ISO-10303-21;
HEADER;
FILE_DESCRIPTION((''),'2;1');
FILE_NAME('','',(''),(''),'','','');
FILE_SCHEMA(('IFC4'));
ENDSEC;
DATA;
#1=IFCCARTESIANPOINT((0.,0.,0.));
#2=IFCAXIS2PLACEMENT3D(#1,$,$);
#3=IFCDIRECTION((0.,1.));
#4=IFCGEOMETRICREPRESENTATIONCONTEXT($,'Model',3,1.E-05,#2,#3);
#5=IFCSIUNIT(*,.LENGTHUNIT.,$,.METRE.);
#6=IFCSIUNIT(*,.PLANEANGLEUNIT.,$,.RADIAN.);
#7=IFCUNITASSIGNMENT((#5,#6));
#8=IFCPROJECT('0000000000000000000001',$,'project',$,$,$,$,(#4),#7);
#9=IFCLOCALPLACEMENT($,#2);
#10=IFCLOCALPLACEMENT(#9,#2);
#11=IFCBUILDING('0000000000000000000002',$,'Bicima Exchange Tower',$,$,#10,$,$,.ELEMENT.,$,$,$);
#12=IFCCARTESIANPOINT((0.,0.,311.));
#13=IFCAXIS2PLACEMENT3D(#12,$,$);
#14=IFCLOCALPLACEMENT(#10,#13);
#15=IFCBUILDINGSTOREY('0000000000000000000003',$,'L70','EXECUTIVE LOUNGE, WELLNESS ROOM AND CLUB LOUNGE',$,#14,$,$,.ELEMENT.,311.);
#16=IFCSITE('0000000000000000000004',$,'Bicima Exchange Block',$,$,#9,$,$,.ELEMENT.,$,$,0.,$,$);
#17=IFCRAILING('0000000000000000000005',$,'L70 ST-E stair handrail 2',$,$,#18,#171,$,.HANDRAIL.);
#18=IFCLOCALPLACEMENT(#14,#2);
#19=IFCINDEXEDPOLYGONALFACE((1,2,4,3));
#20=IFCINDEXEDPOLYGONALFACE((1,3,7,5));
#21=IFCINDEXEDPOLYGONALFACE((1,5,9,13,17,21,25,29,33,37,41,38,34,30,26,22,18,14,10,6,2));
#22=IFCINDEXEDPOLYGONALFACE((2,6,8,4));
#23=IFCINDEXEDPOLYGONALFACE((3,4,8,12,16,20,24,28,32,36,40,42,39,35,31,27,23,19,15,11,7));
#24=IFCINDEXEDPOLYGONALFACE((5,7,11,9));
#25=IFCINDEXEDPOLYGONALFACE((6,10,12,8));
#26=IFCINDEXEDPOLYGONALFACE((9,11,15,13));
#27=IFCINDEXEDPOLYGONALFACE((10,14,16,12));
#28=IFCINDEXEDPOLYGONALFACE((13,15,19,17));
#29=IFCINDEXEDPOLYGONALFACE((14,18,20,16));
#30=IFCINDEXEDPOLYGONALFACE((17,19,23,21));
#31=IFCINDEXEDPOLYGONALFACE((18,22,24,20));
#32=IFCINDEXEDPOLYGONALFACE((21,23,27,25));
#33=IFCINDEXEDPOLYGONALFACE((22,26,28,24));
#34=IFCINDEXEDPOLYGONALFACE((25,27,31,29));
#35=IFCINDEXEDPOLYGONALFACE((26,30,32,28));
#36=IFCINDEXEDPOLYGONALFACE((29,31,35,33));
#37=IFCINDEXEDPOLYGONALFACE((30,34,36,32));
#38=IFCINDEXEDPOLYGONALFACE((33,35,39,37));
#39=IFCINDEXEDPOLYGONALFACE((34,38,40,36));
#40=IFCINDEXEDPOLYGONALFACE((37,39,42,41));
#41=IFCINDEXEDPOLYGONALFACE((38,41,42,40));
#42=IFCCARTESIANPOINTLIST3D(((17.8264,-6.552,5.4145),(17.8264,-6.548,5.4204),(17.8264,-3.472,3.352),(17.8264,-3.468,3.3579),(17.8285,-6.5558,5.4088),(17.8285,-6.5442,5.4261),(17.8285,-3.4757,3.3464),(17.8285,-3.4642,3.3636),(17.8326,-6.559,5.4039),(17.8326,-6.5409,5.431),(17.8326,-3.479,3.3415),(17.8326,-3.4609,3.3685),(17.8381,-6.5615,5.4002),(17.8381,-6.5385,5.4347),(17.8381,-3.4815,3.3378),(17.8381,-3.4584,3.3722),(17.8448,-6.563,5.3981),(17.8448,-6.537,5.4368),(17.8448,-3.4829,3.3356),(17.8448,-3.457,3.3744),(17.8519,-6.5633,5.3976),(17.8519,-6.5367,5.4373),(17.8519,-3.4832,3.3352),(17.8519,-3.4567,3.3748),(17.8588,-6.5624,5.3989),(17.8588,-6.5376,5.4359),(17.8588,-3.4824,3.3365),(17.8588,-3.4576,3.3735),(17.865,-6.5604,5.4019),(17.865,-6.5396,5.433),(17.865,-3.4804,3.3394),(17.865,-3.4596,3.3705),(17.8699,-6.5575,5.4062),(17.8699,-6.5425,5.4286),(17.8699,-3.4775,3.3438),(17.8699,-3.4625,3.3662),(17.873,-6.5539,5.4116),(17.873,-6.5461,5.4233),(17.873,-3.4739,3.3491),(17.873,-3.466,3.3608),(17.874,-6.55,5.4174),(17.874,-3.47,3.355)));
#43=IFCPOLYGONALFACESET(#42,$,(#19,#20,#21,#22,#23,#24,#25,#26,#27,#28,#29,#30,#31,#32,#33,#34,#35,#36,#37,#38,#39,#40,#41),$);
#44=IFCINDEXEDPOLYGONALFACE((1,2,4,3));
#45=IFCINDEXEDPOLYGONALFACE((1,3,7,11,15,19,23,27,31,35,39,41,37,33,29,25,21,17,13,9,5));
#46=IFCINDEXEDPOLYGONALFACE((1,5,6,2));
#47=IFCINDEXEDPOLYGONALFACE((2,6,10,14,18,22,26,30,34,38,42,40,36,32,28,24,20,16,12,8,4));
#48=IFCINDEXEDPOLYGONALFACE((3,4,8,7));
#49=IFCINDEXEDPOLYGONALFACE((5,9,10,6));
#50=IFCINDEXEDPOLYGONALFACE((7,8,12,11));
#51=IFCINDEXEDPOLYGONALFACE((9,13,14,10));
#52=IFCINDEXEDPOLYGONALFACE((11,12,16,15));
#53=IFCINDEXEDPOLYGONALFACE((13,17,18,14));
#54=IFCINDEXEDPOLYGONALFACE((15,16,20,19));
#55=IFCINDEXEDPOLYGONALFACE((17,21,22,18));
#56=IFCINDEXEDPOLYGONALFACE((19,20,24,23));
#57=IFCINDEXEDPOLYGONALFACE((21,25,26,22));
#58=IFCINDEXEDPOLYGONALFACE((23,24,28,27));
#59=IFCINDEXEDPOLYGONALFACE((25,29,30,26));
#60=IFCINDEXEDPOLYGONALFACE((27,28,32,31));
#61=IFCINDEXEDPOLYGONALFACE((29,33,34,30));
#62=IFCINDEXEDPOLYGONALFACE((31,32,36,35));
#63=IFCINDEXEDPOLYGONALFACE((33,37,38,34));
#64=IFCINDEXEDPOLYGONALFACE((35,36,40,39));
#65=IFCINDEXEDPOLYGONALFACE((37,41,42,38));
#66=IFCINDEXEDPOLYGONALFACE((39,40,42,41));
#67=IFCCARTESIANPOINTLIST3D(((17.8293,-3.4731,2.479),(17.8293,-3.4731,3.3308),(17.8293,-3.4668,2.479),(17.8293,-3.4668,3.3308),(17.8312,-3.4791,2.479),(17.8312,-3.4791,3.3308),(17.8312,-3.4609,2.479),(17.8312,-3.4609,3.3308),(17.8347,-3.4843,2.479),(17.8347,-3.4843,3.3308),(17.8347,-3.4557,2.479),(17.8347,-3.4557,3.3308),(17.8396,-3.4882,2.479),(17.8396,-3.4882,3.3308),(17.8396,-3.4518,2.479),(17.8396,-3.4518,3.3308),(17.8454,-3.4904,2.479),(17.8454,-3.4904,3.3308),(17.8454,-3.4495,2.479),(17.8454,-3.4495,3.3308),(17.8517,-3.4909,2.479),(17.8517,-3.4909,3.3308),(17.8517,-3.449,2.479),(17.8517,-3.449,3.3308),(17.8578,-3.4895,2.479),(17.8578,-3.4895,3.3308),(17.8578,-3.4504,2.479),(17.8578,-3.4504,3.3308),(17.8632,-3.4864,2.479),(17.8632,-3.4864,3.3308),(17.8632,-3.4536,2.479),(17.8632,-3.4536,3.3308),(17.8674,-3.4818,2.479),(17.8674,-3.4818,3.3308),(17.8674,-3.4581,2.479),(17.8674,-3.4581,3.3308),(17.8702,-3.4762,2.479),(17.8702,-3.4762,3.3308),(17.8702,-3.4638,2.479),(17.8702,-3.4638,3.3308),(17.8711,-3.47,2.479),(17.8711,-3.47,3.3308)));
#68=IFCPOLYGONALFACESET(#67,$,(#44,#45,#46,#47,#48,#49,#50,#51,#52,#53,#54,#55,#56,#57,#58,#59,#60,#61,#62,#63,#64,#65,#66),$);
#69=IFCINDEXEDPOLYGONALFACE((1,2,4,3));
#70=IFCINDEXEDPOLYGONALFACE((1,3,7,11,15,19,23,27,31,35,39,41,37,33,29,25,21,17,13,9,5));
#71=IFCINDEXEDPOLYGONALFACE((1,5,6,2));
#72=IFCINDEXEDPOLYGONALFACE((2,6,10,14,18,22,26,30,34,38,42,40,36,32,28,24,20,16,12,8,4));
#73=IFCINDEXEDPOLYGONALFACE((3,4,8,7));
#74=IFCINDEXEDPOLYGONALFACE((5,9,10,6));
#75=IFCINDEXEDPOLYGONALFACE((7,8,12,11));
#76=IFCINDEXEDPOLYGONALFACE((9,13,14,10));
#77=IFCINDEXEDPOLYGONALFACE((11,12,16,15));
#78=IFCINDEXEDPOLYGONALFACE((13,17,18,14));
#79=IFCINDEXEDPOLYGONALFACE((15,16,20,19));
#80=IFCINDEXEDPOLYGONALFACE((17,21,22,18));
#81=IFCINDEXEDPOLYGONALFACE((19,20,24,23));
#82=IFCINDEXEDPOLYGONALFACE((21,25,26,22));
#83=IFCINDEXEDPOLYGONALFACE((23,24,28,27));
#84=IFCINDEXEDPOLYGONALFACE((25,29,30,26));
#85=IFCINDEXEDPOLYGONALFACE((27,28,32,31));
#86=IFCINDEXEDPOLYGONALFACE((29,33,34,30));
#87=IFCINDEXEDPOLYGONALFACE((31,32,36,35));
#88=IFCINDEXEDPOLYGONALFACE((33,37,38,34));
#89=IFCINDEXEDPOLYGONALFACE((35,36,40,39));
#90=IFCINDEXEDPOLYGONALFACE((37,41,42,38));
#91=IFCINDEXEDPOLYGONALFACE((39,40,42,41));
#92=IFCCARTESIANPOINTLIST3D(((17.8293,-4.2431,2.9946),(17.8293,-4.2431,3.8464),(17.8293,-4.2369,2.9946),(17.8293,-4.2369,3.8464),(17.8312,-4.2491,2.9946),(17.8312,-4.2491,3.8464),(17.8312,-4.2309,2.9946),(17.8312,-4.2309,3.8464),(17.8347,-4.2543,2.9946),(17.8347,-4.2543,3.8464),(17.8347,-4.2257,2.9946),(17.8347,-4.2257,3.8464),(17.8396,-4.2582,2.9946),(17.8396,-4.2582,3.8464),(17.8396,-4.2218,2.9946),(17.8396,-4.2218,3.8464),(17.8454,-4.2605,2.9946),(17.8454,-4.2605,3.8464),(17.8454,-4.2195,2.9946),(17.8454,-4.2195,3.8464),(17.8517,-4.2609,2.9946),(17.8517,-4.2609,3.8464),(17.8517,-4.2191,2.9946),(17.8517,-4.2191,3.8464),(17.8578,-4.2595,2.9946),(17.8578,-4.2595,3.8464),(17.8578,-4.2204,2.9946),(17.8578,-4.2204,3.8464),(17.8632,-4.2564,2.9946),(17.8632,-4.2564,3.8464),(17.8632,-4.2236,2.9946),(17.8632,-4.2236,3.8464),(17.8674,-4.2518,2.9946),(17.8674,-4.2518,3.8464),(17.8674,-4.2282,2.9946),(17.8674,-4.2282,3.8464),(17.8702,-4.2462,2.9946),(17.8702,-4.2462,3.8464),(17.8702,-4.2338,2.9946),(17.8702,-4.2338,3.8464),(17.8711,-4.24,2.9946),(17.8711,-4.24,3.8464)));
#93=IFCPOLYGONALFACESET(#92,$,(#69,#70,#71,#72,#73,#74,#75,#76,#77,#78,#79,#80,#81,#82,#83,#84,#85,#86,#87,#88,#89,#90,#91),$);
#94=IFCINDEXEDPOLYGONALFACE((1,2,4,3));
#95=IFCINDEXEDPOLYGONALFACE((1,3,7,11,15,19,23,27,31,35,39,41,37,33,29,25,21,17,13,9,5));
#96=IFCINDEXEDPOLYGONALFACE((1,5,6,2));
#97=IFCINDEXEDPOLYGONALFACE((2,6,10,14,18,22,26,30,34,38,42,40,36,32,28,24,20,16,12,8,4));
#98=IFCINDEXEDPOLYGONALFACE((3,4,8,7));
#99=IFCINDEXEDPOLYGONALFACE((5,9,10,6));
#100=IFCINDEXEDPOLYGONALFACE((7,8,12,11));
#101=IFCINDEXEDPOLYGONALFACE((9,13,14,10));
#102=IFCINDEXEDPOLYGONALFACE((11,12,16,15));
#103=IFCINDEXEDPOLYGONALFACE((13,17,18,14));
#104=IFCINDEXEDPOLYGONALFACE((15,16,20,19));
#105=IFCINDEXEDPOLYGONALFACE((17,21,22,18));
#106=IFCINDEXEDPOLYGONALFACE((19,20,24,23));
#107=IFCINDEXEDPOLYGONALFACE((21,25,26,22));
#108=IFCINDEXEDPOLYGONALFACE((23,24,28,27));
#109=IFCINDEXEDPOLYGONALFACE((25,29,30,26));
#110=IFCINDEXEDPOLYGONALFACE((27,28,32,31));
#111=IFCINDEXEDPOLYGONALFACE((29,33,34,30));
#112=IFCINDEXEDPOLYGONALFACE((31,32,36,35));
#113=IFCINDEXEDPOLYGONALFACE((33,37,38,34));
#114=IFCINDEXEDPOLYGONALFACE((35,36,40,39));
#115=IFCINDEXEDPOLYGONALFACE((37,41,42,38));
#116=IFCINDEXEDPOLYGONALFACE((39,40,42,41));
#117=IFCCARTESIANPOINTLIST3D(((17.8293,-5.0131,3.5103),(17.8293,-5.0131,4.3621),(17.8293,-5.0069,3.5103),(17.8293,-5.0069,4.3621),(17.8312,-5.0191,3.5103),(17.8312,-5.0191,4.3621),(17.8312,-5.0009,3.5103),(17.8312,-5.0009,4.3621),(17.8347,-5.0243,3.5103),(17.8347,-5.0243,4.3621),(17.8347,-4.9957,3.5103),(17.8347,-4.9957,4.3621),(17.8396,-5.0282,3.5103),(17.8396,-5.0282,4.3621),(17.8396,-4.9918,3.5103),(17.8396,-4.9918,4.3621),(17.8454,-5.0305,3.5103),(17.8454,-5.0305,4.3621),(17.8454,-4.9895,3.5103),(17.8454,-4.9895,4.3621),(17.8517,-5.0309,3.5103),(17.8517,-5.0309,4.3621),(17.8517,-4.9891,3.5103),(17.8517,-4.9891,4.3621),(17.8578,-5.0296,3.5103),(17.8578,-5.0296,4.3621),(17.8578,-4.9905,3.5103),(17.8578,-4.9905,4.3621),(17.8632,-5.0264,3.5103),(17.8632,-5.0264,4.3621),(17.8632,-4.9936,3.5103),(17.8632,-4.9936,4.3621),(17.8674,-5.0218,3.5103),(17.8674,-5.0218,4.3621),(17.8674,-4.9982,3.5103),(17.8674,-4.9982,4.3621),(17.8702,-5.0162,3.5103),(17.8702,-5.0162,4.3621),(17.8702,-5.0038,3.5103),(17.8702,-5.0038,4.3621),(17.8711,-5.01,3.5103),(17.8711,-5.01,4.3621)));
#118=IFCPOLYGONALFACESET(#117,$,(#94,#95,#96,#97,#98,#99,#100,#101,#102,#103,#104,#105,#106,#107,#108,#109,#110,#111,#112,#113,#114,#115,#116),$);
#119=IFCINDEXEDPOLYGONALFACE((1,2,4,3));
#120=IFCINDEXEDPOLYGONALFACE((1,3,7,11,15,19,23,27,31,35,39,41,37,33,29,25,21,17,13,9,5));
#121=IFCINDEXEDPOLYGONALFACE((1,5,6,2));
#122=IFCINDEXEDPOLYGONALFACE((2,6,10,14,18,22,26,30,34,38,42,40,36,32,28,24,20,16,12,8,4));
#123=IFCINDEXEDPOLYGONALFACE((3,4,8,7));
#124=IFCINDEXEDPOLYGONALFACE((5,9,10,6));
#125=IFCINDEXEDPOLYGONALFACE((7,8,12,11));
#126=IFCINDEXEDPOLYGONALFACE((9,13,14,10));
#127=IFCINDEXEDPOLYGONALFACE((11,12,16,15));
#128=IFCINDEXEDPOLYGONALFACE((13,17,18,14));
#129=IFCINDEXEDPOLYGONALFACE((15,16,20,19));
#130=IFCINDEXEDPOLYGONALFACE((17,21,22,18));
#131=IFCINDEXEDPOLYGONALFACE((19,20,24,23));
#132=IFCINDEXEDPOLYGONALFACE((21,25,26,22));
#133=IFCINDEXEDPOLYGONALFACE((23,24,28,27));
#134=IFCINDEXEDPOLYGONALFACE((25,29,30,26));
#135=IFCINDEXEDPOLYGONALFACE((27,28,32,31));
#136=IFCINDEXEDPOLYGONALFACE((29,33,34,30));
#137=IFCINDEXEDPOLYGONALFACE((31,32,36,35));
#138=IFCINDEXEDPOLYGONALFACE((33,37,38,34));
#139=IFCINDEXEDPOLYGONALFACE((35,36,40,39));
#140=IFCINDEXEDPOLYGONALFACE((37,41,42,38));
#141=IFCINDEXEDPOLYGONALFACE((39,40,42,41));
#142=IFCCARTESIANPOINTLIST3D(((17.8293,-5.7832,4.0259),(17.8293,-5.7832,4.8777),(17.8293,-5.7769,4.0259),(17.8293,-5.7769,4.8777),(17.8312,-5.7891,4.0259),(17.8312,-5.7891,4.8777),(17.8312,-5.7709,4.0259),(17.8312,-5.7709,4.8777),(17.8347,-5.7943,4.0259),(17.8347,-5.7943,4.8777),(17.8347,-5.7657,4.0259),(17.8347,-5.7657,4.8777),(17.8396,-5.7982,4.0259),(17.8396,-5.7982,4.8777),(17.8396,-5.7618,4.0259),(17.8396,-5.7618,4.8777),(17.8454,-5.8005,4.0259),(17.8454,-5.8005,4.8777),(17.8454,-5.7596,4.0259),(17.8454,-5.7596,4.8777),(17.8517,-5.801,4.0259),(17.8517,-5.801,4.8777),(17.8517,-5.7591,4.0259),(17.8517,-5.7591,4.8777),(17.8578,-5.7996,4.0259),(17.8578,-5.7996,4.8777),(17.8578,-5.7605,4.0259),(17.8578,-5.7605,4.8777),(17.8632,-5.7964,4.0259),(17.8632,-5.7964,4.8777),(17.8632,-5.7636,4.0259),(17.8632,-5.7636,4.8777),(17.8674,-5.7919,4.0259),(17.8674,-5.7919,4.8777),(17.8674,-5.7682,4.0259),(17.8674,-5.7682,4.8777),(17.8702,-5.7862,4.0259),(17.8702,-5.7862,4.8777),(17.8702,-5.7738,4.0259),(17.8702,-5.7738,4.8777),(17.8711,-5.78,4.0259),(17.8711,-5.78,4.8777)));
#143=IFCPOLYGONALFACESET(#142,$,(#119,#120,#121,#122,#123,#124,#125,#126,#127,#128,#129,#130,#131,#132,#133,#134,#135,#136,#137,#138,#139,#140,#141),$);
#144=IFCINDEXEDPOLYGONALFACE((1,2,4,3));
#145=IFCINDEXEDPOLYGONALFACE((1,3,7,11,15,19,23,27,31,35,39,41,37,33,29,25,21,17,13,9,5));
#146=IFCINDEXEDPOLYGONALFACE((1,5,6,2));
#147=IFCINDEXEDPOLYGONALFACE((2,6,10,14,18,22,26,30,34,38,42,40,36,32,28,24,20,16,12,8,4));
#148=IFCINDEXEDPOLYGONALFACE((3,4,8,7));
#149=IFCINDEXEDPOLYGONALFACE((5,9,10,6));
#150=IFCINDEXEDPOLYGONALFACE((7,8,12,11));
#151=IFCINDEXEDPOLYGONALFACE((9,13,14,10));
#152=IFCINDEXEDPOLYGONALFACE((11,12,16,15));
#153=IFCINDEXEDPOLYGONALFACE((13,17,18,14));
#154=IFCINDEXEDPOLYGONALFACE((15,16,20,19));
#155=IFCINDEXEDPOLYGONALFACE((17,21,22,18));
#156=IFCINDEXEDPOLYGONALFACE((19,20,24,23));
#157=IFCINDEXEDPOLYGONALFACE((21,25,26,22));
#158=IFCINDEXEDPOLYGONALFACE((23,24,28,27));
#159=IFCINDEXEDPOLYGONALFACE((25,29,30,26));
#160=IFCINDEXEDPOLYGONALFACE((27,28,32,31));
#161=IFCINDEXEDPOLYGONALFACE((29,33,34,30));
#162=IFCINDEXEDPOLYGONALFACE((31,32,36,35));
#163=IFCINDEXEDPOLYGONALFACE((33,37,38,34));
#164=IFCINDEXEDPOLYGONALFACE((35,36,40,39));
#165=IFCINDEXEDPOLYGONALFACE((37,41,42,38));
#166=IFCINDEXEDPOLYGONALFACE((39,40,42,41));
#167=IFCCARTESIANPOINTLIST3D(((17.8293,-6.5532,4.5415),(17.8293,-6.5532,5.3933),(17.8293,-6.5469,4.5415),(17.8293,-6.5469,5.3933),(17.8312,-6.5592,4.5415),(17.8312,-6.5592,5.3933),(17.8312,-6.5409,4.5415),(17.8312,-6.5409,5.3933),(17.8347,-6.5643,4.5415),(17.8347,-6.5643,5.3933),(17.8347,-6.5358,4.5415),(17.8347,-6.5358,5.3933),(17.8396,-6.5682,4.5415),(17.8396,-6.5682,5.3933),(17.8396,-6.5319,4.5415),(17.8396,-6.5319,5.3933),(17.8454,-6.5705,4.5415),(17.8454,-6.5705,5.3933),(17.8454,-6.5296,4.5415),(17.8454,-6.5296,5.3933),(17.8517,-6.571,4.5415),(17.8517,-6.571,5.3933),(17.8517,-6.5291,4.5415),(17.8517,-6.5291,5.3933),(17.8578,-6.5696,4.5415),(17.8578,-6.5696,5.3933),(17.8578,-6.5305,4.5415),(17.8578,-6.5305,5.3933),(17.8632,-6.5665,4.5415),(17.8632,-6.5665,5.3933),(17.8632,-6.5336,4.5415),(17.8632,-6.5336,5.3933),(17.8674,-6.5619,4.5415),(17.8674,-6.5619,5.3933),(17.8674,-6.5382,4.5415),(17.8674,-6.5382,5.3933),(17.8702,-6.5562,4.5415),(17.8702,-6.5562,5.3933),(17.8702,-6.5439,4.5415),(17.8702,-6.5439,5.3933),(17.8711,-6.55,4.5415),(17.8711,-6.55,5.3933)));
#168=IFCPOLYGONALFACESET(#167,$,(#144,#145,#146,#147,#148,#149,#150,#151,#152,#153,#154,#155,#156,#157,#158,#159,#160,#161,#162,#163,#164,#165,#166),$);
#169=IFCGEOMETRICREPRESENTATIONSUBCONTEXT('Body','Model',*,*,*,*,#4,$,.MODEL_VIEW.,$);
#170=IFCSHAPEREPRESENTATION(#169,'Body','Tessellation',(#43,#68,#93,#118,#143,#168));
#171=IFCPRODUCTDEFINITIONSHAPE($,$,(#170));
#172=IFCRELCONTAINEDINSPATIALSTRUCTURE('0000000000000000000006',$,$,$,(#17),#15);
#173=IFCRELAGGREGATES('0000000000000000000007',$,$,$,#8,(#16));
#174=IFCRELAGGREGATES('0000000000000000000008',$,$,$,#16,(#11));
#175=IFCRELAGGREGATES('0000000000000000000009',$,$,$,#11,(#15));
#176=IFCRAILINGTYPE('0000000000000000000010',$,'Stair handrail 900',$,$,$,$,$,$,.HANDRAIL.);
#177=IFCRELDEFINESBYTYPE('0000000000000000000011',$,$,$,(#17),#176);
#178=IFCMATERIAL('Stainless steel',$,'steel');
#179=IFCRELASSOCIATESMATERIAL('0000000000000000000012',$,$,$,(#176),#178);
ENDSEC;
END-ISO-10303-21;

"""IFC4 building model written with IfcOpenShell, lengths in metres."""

from ifc_helpers import new_model, si_unit, direction, frame, origin, origin_2d, place, context, subcontext, project, spatial, circle, extrude, material, type_object, element, save


model = new_model("IFC4")

# Units and contexts
model_context = context("Model", 3, precision=1e-05, world=origin(), true_north=direction((0.0, 1.0)))
body_context = subcontext(model_context, "Body", "Model", "MODEL_VIEW")
ifc_project = project(units=[si_unit("LENGTHUNIT", "METRE"), si_unit("PLANEANGLEUNIT", "RADIAN")], contexts=[model_context])

# Site, building, storey
site_placement = place(None, origin())
site = spatial("IfcSite", under=ifc_project, at=site_placement, Name="Bicima Exchange Block", CompositionType="ELEMENT", RefElevation=0.0)
building_placement = place(site_placement, origin())
building = spatial("IfcBuilding", under=site, at=building_placement, Name="Bicima Exchange Tower", CompositionType="ELEMENT")
storey_placement = place(building_placement, frame((0.0, 0.0, 311.0)))
storey = spatial("IfcBuildingStorey", under=building, at=storey_placement, Name="L70", Description="EXECUTIVE LOUNGE, WELLNESS ROOM AND CLUB LOUNGE", CompositionType="ELEMENT", Elevation=311.0)

# Railing
ifc_material_1 = material(Name="Stainless steel", Category="steel")
railing_type_1 = type_object("IfcRailingType", Name="Stair handrail 900", PredefinedType="HANDRAIL", material=ifc_material_1)
for number, where, name in (
    (1, (17.8501, -3.47, 2.479), "L70 ST-E stair handrail 2"),
):
    element("IfcRailing", number, at=place(storey_placement, frame(where)), inside=storey, type_object=railing_type_1, Name=name, PredefinedType="HANDRAIL", context=body_context, shape_type="SweptSolid", body=[
        extrude(circle(Radius=0.0239, at=origin_2d()), frame((0.0, 0.0, 0.876), z_axis=(0.0, -0.830914, 0.556401), x_axis=(1.0, 0.0, 0.0)), (0.0, 0.0, 1.0), 3.7068),
        extrude(circle(Radius=0.021, at=origin_2d()), origin(), (0.0, 0.0, 1.0), 0.8518),
        extrude(circle(Radius=0.021, at=origin_2d()), frame((0.0, -0.77, 0.5156)), (0.0, 0.0, 1.0), 0.8518),
        extrude(circle(Radius=0.021, at=origin_2d()), frame((0.0, -1.54, 1.0312)), (0.0, 0.0, 1.0), 0.8518),
        extrude(circle(Radius=0.021, at=origin_2d()), frame((0.0, -2.3101, 1.5469)), (0.0, 0.0, 1.0), 0.8518),
        extrude(circle(Radius=0.021, at=origin_2d()), frame((0.0, -3.0801, 2.0625)), (0.0, 0.0, 1.0), 0.8518),
    ])

save(model, "model.ifc")
